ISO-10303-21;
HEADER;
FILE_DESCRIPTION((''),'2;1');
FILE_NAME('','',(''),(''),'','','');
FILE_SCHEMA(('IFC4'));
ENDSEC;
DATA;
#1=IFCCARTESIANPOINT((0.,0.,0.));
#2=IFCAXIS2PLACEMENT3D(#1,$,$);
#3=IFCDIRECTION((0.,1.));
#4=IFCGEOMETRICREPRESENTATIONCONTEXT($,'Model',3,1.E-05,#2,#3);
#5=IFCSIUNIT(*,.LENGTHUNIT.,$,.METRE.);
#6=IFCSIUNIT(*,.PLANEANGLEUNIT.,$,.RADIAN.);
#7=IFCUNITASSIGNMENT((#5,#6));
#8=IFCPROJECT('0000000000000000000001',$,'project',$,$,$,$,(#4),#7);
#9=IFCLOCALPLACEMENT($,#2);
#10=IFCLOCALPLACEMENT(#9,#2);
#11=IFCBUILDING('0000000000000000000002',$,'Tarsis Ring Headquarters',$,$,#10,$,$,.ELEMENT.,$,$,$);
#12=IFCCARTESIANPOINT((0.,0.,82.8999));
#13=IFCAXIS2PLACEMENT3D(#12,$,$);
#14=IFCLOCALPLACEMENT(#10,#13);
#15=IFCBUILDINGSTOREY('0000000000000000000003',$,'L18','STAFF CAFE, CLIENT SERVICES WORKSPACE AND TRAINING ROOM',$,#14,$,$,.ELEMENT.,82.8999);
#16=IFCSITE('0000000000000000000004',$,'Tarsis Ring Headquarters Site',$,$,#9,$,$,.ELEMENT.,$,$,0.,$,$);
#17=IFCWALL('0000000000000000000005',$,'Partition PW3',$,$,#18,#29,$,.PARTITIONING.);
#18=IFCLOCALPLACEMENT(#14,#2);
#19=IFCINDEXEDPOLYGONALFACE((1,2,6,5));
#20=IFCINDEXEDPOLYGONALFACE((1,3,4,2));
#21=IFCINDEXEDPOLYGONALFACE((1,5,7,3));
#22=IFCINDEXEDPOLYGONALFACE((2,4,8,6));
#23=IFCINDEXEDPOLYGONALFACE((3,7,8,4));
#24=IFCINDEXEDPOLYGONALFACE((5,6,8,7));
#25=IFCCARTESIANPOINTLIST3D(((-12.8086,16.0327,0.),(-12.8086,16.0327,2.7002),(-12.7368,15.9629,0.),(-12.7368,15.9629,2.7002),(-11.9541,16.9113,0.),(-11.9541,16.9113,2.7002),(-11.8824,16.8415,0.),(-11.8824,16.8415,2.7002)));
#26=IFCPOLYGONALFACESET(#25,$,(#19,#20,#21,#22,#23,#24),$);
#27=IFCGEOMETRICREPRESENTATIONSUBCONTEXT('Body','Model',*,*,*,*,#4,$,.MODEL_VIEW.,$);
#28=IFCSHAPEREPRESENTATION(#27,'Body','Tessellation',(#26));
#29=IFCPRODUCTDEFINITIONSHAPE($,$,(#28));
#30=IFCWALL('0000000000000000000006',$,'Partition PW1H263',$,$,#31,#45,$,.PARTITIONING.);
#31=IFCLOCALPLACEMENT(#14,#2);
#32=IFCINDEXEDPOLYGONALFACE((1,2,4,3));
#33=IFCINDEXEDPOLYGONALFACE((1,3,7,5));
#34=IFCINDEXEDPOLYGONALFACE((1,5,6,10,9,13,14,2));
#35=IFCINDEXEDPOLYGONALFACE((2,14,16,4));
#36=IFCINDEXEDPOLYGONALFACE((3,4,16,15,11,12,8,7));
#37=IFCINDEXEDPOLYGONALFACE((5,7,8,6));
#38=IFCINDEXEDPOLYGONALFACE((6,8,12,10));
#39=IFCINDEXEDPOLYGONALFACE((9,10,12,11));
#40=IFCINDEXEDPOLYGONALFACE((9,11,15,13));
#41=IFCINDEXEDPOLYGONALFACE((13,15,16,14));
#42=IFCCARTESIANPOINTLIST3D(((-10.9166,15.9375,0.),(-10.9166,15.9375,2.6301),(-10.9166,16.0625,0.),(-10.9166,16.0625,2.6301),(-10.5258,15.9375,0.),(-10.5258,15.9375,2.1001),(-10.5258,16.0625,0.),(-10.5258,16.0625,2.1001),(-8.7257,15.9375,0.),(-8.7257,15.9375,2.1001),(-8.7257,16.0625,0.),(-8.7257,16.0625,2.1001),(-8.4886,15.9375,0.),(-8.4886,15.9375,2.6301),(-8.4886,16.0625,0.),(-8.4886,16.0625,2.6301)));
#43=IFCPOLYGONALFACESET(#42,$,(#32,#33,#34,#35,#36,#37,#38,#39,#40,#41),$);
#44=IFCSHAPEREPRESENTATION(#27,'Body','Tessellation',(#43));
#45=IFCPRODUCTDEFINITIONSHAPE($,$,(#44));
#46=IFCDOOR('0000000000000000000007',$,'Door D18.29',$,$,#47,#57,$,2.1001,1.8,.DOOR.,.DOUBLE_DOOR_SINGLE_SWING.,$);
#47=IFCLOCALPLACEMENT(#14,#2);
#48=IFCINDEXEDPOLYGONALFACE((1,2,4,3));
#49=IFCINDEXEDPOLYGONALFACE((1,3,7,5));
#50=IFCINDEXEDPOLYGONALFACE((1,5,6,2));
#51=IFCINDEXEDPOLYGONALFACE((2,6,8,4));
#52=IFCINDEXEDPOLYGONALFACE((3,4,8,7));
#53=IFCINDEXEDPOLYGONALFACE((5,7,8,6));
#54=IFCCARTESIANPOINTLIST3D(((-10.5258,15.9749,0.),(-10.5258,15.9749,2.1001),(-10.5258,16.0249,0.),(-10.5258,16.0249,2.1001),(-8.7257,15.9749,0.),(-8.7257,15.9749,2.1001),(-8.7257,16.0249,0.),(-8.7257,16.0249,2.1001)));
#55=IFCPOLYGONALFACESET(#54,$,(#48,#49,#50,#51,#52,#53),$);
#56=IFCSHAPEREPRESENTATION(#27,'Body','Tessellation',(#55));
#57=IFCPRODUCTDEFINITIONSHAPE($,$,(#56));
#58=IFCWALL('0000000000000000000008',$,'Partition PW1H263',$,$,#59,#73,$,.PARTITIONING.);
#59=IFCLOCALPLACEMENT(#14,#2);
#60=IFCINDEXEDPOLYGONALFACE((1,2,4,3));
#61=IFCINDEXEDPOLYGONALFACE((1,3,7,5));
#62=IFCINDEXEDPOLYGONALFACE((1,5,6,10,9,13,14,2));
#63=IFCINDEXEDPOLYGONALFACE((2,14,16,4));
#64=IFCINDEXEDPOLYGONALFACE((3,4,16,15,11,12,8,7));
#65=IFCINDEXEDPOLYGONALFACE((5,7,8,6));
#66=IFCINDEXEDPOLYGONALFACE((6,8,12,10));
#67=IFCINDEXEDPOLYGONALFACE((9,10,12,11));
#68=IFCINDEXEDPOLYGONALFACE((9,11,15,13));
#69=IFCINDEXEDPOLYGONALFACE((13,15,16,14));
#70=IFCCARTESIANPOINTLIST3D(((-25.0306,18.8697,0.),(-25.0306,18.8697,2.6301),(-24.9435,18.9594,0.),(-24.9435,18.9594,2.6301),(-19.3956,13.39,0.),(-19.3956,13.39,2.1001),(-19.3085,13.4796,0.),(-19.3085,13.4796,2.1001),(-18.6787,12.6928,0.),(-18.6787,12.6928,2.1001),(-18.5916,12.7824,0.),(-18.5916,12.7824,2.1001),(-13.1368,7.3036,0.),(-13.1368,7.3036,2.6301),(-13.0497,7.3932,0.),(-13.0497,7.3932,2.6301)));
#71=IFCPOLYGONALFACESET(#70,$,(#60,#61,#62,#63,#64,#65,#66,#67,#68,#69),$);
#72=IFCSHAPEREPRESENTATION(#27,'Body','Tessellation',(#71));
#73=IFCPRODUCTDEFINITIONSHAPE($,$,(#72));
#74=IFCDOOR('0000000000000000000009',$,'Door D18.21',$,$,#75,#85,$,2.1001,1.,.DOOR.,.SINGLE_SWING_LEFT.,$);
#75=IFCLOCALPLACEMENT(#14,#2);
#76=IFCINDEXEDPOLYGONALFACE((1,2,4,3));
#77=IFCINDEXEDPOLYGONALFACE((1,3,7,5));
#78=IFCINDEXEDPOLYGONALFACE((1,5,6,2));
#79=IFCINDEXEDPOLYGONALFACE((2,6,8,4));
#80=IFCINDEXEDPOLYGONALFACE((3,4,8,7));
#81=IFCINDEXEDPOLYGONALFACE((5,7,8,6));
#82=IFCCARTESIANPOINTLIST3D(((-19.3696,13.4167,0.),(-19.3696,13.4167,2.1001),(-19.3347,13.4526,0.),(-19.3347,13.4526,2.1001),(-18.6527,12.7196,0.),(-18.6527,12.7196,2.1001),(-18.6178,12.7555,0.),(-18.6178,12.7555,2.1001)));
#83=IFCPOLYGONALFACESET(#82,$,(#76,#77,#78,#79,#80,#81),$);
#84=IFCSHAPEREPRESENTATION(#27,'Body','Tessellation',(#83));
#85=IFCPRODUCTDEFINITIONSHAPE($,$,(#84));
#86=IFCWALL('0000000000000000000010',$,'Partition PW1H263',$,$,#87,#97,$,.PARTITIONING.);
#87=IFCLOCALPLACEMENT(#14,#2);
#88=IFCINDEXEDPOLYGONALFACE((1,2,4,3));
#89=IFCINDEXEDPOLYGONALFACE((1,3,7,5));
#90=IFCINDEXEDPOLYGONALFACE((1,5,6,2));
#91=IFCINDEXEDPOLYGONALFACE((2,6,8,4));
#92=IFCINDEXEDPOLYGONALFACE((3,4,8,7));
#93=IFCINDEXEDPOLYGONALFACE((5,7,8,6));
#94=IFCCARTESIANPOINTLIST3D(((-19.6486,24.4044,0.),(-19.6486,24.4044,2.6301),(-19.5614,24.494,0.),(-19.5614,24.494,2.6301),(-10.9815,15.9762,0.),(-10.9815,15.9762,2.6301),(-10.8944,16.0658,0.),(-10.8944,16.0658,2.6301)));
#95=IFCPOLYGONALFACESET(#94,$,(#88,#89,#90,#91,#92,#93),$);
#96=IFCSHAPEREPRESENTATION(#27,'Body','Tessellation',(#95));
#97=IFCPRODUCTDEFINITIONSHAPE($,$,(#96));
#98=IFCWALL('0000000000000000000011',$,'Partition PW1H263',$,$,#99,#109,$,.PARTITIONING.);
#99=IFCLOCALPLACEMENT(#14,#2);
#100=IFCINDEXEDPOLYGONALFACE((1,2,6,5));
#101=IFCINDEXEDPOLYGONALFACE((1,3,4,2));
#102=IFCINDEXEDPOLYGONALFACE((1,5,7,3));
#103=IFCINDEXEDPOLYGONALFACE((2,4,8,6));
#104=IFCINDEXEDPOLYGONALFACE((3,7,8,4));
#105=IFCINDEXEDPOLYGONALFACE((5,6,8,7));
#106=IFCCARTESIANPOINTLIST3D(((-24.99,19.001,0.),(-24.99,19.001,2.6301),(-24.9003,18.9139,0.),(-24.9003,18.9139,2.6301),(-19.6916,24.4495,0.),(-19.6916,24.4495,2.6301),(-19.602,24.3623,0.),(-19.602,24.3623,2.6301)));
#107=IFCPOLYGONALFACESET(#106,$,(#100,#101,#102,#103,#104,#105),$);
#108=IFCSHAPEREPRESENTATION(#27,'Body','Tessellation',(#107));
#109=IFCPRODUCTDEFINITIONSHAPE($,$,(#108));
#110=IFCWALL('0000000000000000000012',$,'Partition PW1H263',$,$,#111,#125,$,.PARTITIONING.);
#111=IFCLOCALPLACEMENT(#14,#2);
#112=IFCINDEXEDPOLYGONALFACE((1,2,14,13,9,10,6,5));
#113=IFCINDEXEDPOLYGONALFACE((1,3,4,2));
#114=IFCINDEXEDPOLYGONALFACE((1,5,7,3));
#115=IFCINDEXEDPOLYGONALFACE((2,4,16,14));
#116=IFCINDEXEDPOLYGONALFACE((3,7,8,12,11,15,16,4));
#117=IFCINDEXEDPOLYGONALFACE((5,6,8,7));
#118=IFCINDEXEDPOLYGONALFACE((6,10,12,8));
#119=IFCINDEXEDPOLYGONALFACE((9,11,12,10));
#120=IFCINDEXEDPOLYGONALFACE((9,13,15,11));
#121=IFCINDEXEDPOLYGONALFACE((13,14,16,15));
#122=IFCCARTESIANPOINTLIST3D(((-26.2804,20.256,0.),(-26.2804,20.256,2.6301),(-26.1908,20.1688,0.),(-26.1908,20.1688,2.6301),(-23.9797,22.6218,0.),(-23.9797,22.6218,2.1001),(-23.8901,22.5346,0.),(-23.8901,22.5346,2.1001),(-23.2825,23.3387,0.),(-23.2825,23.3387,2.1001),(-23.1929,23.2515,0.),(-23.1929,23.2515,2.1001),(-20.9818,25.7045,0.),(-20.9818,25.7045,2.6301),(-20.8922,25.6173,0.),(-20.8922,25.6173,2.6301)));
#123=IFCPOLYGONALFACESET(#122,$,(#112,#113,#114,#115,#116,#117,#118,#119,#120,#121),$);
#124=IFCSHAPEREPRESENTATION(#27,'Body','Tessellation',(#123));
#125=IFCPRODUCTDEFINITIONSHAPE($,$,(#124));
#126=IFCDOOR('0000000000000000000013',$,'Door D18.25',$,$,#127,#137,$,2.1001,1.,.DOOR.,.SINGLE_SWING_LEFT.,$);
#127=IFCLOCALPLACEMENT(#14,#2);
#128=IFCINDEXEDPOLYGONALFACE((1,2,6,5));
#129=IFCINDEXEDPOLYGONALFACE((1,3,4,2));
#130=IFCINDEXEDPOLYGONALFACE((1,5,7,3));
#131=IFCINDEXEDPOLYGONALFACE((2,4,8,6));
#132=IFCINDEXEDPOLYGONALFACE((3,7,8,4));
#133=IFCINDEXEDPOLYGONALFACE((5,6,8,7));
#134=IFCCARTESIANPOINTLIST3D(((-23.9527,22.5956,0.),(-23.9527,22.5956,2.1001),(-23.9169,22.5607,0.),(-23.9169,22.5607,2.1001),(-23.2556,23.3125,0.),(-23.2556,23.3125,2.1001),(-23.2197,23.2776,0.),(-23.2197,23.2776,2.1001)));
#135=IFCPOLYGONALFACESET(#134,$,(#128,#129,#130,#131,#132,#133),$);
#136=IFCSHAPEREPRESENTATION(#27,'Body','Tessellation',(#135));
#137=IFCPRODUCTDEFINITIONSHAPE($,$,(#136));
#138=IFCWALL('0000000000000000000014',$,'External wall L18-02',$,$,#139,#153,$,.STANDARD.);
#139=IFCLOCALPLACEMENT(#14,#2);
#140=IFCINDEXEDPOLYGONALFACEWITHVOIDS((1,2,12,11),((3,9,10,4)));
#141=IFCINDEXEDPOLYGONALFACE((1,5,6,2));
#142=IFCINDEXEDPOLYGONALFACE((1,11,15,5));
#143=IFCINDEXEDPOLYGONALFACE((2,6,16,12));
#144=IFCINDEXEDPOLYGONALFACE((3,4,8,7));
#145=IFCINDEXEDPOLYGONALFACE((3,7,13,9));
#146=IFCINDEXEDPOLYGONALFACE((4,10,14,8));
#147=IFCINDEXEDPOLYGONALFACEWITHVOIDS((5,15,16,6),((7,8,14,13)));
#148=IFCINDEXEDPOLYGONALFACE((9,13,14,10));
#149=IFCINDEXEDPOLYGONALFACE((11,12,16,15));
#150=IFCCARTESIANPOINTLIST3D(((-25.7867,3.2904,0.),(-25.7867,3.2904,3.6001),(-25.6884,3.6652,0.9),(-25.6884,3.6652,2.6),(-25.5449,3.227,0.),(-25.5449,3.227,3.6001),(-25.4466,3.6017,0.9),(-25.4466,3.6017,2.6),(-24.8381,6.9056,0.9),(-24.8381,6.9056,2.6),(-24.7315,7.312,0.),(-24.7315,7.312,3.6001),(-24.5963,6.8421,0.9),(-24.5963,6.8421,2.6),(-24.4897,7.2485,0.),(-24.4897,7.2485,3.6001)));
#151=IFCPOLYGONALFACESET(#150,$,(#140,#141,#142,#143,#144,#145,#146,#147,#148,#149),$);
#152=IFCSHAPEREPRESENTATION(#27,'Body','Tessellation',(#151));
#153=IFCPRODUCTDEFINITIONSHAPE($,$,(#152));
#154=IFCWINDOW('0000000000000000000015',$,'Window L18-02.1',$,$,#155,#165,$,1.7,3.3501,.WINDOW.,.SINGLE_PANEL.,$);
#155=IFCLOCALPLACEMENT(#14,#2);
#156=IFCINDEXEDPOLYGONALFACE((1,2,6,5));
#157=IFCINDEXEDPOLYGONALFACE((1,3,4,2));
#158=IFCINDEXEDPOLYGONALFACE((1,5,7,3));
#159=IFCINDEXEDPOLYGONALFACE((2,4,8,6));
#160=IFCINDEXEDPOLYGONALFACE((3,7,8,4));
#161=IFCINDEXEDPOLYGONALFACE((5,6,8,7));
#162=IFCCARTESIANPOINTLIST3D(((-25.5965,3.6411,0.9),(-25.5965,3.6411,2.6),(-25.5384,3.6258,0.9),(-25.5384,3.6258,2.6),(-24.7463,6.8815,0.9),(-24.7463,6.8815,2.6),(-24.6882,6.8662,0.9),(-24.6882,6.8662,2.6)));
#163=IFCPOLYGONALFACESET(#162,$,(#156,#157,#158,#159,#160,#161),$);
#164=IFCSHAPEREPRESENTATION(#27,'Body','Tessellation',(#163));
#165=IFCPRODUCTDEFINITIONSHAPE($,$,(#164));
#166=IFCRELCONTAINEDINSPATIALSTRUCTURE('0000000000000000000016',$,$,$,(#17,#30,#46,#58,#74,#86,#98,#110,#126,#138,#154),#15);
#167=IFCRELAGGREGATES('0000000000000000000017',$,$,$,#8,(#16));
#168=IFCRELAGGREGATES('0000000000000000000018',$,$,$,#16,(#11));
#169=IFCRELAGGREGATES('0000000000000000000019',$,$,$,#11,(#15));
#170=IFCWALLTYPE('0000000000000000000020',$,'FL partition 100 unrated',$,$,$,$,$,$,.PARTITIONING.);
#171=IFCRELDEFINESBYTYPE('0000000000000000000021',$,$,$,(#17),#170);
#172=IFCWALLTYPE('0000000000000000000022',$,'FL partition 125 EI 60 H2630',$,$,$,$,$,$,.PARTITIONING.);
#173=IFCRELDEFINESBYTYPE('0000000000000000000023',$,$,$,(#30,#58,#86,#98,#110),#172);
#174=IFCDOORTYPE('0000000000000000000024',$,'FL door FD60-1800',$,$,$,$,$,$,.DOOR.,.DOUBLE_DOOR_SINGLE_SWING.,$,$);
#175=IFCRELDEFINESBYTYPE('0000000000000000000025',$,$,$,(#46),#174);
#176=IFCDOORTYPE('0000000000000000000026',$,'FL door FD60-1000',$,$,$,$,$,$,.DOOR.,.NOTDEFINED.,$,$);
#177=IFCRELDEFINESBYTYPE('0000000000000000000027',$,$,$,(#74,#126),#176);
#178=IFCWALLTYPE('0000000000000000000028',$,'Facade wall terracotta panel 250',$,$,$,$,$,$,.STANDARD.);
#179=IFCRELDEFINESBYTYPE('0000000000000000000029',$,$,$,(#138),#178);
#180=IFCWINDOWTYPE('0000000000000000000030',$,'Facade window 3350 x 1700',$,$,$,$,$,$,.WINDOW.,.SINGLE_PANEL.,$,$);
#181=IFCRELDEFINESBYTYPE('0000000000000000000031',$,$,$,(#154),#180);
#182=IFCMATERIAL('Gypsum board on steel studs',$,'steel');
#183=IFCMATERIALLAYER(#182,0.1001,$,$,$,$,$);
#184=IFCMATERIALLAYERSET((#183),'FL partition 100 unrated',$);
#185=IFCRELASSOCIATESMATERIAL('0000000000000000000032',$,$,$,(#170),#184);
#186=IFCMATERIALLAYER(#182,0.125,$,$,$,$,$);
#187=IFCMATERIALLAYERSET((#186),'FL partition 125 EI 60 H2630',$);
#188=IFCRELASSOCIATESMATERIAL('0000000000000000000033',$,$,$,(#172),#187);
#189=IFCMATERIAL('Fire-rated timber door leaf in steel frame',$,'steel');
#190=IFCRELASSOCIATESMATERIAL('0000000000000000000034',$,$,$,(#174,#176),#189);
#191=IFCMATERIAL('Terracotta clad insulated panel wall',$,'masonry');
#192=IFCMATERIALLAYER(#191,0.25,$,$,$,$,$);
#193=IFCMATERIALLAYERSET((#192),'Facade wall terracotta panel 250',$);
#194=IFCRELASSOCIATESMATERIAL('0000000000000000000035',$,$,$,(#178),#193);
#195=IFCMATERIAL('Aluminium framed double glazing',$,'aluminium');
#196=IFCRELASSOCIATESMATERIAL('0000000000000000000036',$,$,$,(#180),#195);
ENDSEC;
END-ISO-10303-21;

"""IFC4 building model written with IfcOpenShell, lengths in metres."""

from ifc_helpers import new_model, si_unit, direction, frame, frame_2d, origin, place, context, subcontext, project, spatial, rectangle, extrude, material, layer, layer_set, type_object, element, fill, save


model = new_model("IFC4")

# Units and contexts
model_context = context("Model", 3, precision=1e-05, world=origin(), true_north=direction((0.0, 1.0)))
body_context = subcontext(model_context, "Body", "Model", "MODEL_VIEW")
ifc_project = project(units=[si_unit("LENGTHUNIT", "METRE"), si_unit("PLANEANGLEUNIT", "RADIAN")], contexts=[model_context])

# Site, building, storey
site_placement = place(None, origin())
site = spatial("IfcSite", under=ifc_project, at=site_placement, Name="Tarsis Ring Headquarters Site", CompositionType="ELEMENT", RefElevation=0.0)
building_placement = place(site_placement, origin())
building = spatial("IfcBuilding", under=site, at=building_placement, Name="Tarsis Ring Headquarters", CompositionType="ELEMENT")
storey_placement = place(building_placement, frame((0.0, 0.0, 82.8999)))
storey = spatial("IfcBuildingStorey", under=building, at=storey_placement, Name="L18", Description="STAFF CAFE, CLIENT SERVICES WORKSPACE AND TRAINING ROOM", CompositionType="ELEMENT", Elevation=82.8999)

# Wall
ifc_material_1 = material(Name="Gypsum board on steel studs", Category="steel")
ifc_layer_1 = layer(ifc_material_1, 0.1001)
ifc_layer_set_1 = layer_set([ifc_layer_1], Name="FL partition 100 unrated")
wall_type_1 = type_object("IfcWallType", Name="FL partition 100 unrated", PredefinedType="PARTITIONING", material=ifc_layer_set_1)
wall_1_placement = place(storey_placement, frame((-12.7727, 15.9978, 0.0), z_axis=(0.0, 0.0, 1.0), x_axis=(0.697178, 0.716898, 0.0)))
element("IfcWall", 1, at=wall_1_placement, inside=storey, type_object=wall_type_1, Name="Partition PW3", PredefinedType="PARTITIONING", context=body_context, shape_type="SweptSolid", body=[
    extrude(rectangle(XDim=1.2256, YDim=0.1001, at=frame_2d((0.6128, 0.0))), origin(), (0.0, 0.0, 1.0), 2.7002),
])

# Walls, openings, doors
ifc_layer_2 = layer(ifc_material_1, 0.125)
ifc_layer_set_2 = layer_set([ifc_layer_2], Name="FL partition 125 EI 60 H2630")
wall_type_2 = type_object("IfcWallType", Name="FL partition 125 EI 60 H2630", PredefinedType="PARTITIONING", material=ifc_layer_set_2)
wall_2_placement = place(storey_placement, frame((-10.9165, 16.0, 0.0), z_axis=(0.0, 0.0, 1.0), x_axis=(1.0, 0.0, 0.0)))
wall_2 = element("IfcWall", 2, at=wall_2_placement, inside=storey, type_object=wall_type_2, Name="Partition PW1H263", PredefinedType="PARTITIONING", context=body_context, shape_type="SweptSolid", body=[
    extrude(rectangle(XDim=2.428, YDim=0.125, at=frame_2d((1.2139, 0.0))), origin(), (0.0, 0.0, 1.0), 2.6301),
])
opening_1_placement = place(wall_2_placement, frame((0.3909, 0.0, 0.0)))
opening_1 = element("IfcOpeningElement", 3, at=opening_1_placement, cuts=wall_2, PredefinedType="OPENING", context=body_context, shape_type="SweptSolid", body=[
    extrude(rectangle(XDim=1.8, YDim=2.1001, at=frame_2d((0.8999, 1.05))), frame((0.0, 0.0725, 0.0), z_axis=(0.0, -1.0, 0.0), x_axis=(1.0, 0.0, 0.0)), (0.0, 0.0, 1.0), 0.145),
])
ifc_material_2 = material(Name="Fire-rated timber door leaf in steel frame", Category="steel")
door_type_1 = type_object("IfcDoorType", Name="FL door FD60-1800", OperationType="DOUBLE_DOOR_SINGLE_SWING", PredefinedType="DOOR", material=ifc_material_2)
door_1_placement = place(opening_1_placement, origin())
door_1 = element("IfcDoor", 4, at=door_1_placement, inside=storey, type_object=door_type_1, Name="Door D18.29", OperationType="DOUBLE_DOOR_SINGLE_SWING", OverallHeight=2.1001, OverallWidth=1.8, PredefinedType="DOOR", context=body_context, shape_type="SweptSolid", body=[
    extrude(rectangle(XDim=1.8, YDim=2.1001, at=frame_2d((0.8999, 1.05))), frame((0.0, 0.0249, 0.0), z_axis=(0.0, -1.0, 0.0), x_axis=(1.0, 0.0, 0.0)), (0.0, 0.0, 1.0), 0.05),
])
fill(opening_1, door_1)
wall_3_placement = place(storey_placement, frame((-24.9871, 18.9146, 0.0), z_axis=(0.0, 0.0, 1.0), x_axis=(0.716912, -0.697163, 0.0)))
wall_3 = element("IfcWall", 5, at=wall_3_placement, inside=storey, type_object=wall_type_2, Name="Partition PW1H263", PredefinedType="PARTITIONING", context=body_context, shape_type="SweptSolid", body=[
    extrude(rectangle(XDim=16.5903, YDim=0.125, at=frame_2d((8.2952, 0.0))), origin(), (0.0, 0.0, 1.0), 2.6301),
])
opening_2_placement = place(wall_3_placement, frame((7.8601, 0.0, 0.0)))
opening_2 = element("IfcOpeningElement", 6, at=opening_2_placement, cuts=wall_3, PredefinedType="OPENING", context=body_context, shape_type="SweptSolid", body=[
    extrude(rectangle(XDim=1.0, YDim=2.1001, at=frame_2d((0.5, 1.05))), frame((0.0, 0.0725, 0.0), z_axis=(0.0, -1.0, 0.0), x_axis=(1.0, 0.0, 0.0)), (0.0, 0.0, 1.0), 0.145),
])
door_type_2 = type_object("IfcDoorType", Name="FL door FD60-1000", OperationType="NOTDEFINED", PredefinedType="DOOR", material=ifc_material_2)
door_2_placement = place(opening_2_placement, origin())
door_2 = element("IfcDoor", 7, at=door_2_placement, inside=storey, type_object=door_type_2, Name="Door D18.21", OperationType="SINGLE_SWING_LEFT", OverallHeight=2.1001, OverallWidth=1.0, PredefinedType="DOOR", context=body_context, shape_type="SweptSolid", body=[
    extrude(rectangle(XDim=1.0, YDim=2.1001, at=frame_2d((0.5, 1.05))), frame((0.0, 0.0249, 0.0), z_axis=(0.0, -1.0, 0.0), x_axis=(1.0, 0.0, 0.0)), (0.0, 0.0, 1.0), 0.05),
])
fill(opening_2, door_2)

# Walls
wall_4_placement = place(storey_placement, frame((-19.605, 24.4492, 0.0), z_axis=(0.0, 0.0, 1.0), x_axis=(0.716913, -0.697163, 0.0)))
element("IfcWall", 8, at=wall_4_placement, inside=storey, type_object=wall_type_2, Name="Partition PW1H263", PredefinedType="PARTITIONING", context=body_context, shape_type="SweptSolid", body=[
    extrude(rectangle(XDim=12.0894, YDim=0.125, at=frame_2d((6.0447, 0.0))), origin(), (0.0, 0.0, 1.0), 2.6301),
])
wall_5_placement = place(storey_placement, frame((-24.9451, 18.9575, 0.0), z_axis=(0.0, 0.0, 1.0), x_axis=(0.69716, 0.716916, 0.0)))
element("IfcWall", 9, at=wall_5_placement, inside=storey, type_object=wall_type_2, Name="Partition PW1H263", PredefinedType="PARTITIONING", context=body_context, shape_type="SweptSolid", body=[
    extrude(rectangle(XDim=7.5999, YDim=0.125, at=frame_2d((3.7998, 0.0))), origin(), (0.0, 0.0, 1.0), 2.6301),
])

# Wall, opening, door
wall_6_placement = place(storey_placement, frame((-26.2356, 20.2124, 0.0), z_axis=(0.0, 0.0, 1.0), x_axis=(0.697176, 0.7169, 0.0)))
wall_6 = element("IfcWall", 10, at=wall_6_placement, inside=storey, type_object=wall_type_2, Name="Partition PW1H263", PredefinedType="PARTITIONING", context=body_context, shape_type="SweptSolid", body=[
    extrude(rectangle(XDim=7.6001, YDim=0.125, at=frame_2d((3.8, 0.0))), origin(), (0.0, 0.0, 1.0), 2.6301),
])
opening_3_placement = place(wall_6_placement, frame((3.3, 0.0, 0.0)))
opening_3 = element("IfcOpeningElement", 11, at=opening_3_placement, cuts=wall_6, PredefinedType="OPENING", context=body_context, shape_type="SweptSolid", body=[
    extrude(rectangle(XDim=1.0, YDim=2.1001, at=frame_2d((0.5, 1.05))), frame((0.0, 0.0725, 0.0), z_axis=(0.0, -1.0, 0.0), x_axis=(1.0, 0.0, 0.0)), (0.0, 0.0, 1.0), 0.145),
])
door_3_placement = place(opening_3_placement, origin())
door_3 = element("IfcDoor", 12, at=door_3_placement, inside=storey, type_object=door_type_2, Name="Door D18.25", OperationType="SINGLE_SWING_LEFT", OverallHeight=2.1001, OverallWidth=1.0, PredefinedType="DOOR", context=body_context, shape_type="SweptSolid", body=[
    extrude(rectangle(XDim=1.0, YDim=2.1001, at=frame_2d((0.5, 1.05))), frame((0.0, 0.0249, 0.0), z_axis=(0.0, -1.0, 0.0), x_axis=(1.0, 0.0, 0.0)), (0.0, 0.0, 1.0), 0.05),
])
fill(opening_3, door_3)

# Wall, opening, window
ifc_material_3 = material(Name="Terracotta clad insulated panel wall", Category="masonry")
ifc_layer_3 = layer(ifc_material_3, 0.25)
ifc_layer_set_3 = layer_set([ifc_layer_3], Name="Facade wall terracotta panel 250")
wall_type_3 = type_object("IfcWallType", Name="Facade wall terracotta panel 250", PredefinedType="STANDARD", material=ifc_layer_set_3)
wall_7_placement = place(storey_placement, frame((-24.6106, 7.2803, 0.0), z_axis=(0.0, 0.0, 1.0), x_axis=(-0.253794, -0.967258, 0.0)))
wall_7 = element("IfcWall", 13, at=wall_7_placement, inside=storey, type_object=wall_type_3, Name="External wall L18-02", PredefinedType="STANDARD", context=body_context, shape_type="SweptSolid", body=[
    extrude(rectangle(XDim=4.1577, YDim=0.25, at=frame_2d((2.0789, 0.0))), origin(), (0.0, 0.0, 1.0), 3.6001),
])
opening_4_placement = place(wall_7_placement, frame((0.4202, 0.0, 0.8999)))
opening_4 = element("IfcOpeningElement", 14, at=opening_4_placement, cuts=wall_7, PredefinedType="OPENING", context=body_context, shape_type="SweptSolid", body=[
    extrude(rectangle(XDim=3.3501, YDim=1.7, at=frame_2d((1.675, 0.8501))), frame((0.0, 0.135, 0.0), z_axis=(0.0, -1.0, 0.0), x_axis=(1.0, 0.0, 0.0)), (0.0, 0.0, 1.0), 0.27),
])
ifc_material_4 = material(Name="Aluminium framed double glazing", Category="aluminium")
window_type_1 = type_object("IfcWindowType", Name="Facade window 3350 x 1700", PartitioningType="SINGLE_PANEL", PredefinedType="WINDOW", material=ifc_material_4)
window_1_placement = place(opening_4_placement, origin())
window_1 = element("IfcWindow", 15, at=window_1_placement, inside=storey, type_object=window_type_1, Name="Window L18-02.1", OverallHeight=1.7, OverallWidth=3.3501, PartitioningType="SINGLE_PANEL", PredefinedType="WINDOW", context=body_context, shape_type="SweptSolid", body=[
    extrude(rectangle(XDim=3.3501, YDim=1.7, at=frame_2d((1.675, 0.8501))), frame((0.0, 0.03, 0.0), z_axis=(0.0, -1.0, 0.0), x_axis=(1.0, 0.0, 0.0)), (0.0, 0.0, 1.0), 0.0601),
])
fill(opening_4, window_1)

save(model, "model.ifc")
